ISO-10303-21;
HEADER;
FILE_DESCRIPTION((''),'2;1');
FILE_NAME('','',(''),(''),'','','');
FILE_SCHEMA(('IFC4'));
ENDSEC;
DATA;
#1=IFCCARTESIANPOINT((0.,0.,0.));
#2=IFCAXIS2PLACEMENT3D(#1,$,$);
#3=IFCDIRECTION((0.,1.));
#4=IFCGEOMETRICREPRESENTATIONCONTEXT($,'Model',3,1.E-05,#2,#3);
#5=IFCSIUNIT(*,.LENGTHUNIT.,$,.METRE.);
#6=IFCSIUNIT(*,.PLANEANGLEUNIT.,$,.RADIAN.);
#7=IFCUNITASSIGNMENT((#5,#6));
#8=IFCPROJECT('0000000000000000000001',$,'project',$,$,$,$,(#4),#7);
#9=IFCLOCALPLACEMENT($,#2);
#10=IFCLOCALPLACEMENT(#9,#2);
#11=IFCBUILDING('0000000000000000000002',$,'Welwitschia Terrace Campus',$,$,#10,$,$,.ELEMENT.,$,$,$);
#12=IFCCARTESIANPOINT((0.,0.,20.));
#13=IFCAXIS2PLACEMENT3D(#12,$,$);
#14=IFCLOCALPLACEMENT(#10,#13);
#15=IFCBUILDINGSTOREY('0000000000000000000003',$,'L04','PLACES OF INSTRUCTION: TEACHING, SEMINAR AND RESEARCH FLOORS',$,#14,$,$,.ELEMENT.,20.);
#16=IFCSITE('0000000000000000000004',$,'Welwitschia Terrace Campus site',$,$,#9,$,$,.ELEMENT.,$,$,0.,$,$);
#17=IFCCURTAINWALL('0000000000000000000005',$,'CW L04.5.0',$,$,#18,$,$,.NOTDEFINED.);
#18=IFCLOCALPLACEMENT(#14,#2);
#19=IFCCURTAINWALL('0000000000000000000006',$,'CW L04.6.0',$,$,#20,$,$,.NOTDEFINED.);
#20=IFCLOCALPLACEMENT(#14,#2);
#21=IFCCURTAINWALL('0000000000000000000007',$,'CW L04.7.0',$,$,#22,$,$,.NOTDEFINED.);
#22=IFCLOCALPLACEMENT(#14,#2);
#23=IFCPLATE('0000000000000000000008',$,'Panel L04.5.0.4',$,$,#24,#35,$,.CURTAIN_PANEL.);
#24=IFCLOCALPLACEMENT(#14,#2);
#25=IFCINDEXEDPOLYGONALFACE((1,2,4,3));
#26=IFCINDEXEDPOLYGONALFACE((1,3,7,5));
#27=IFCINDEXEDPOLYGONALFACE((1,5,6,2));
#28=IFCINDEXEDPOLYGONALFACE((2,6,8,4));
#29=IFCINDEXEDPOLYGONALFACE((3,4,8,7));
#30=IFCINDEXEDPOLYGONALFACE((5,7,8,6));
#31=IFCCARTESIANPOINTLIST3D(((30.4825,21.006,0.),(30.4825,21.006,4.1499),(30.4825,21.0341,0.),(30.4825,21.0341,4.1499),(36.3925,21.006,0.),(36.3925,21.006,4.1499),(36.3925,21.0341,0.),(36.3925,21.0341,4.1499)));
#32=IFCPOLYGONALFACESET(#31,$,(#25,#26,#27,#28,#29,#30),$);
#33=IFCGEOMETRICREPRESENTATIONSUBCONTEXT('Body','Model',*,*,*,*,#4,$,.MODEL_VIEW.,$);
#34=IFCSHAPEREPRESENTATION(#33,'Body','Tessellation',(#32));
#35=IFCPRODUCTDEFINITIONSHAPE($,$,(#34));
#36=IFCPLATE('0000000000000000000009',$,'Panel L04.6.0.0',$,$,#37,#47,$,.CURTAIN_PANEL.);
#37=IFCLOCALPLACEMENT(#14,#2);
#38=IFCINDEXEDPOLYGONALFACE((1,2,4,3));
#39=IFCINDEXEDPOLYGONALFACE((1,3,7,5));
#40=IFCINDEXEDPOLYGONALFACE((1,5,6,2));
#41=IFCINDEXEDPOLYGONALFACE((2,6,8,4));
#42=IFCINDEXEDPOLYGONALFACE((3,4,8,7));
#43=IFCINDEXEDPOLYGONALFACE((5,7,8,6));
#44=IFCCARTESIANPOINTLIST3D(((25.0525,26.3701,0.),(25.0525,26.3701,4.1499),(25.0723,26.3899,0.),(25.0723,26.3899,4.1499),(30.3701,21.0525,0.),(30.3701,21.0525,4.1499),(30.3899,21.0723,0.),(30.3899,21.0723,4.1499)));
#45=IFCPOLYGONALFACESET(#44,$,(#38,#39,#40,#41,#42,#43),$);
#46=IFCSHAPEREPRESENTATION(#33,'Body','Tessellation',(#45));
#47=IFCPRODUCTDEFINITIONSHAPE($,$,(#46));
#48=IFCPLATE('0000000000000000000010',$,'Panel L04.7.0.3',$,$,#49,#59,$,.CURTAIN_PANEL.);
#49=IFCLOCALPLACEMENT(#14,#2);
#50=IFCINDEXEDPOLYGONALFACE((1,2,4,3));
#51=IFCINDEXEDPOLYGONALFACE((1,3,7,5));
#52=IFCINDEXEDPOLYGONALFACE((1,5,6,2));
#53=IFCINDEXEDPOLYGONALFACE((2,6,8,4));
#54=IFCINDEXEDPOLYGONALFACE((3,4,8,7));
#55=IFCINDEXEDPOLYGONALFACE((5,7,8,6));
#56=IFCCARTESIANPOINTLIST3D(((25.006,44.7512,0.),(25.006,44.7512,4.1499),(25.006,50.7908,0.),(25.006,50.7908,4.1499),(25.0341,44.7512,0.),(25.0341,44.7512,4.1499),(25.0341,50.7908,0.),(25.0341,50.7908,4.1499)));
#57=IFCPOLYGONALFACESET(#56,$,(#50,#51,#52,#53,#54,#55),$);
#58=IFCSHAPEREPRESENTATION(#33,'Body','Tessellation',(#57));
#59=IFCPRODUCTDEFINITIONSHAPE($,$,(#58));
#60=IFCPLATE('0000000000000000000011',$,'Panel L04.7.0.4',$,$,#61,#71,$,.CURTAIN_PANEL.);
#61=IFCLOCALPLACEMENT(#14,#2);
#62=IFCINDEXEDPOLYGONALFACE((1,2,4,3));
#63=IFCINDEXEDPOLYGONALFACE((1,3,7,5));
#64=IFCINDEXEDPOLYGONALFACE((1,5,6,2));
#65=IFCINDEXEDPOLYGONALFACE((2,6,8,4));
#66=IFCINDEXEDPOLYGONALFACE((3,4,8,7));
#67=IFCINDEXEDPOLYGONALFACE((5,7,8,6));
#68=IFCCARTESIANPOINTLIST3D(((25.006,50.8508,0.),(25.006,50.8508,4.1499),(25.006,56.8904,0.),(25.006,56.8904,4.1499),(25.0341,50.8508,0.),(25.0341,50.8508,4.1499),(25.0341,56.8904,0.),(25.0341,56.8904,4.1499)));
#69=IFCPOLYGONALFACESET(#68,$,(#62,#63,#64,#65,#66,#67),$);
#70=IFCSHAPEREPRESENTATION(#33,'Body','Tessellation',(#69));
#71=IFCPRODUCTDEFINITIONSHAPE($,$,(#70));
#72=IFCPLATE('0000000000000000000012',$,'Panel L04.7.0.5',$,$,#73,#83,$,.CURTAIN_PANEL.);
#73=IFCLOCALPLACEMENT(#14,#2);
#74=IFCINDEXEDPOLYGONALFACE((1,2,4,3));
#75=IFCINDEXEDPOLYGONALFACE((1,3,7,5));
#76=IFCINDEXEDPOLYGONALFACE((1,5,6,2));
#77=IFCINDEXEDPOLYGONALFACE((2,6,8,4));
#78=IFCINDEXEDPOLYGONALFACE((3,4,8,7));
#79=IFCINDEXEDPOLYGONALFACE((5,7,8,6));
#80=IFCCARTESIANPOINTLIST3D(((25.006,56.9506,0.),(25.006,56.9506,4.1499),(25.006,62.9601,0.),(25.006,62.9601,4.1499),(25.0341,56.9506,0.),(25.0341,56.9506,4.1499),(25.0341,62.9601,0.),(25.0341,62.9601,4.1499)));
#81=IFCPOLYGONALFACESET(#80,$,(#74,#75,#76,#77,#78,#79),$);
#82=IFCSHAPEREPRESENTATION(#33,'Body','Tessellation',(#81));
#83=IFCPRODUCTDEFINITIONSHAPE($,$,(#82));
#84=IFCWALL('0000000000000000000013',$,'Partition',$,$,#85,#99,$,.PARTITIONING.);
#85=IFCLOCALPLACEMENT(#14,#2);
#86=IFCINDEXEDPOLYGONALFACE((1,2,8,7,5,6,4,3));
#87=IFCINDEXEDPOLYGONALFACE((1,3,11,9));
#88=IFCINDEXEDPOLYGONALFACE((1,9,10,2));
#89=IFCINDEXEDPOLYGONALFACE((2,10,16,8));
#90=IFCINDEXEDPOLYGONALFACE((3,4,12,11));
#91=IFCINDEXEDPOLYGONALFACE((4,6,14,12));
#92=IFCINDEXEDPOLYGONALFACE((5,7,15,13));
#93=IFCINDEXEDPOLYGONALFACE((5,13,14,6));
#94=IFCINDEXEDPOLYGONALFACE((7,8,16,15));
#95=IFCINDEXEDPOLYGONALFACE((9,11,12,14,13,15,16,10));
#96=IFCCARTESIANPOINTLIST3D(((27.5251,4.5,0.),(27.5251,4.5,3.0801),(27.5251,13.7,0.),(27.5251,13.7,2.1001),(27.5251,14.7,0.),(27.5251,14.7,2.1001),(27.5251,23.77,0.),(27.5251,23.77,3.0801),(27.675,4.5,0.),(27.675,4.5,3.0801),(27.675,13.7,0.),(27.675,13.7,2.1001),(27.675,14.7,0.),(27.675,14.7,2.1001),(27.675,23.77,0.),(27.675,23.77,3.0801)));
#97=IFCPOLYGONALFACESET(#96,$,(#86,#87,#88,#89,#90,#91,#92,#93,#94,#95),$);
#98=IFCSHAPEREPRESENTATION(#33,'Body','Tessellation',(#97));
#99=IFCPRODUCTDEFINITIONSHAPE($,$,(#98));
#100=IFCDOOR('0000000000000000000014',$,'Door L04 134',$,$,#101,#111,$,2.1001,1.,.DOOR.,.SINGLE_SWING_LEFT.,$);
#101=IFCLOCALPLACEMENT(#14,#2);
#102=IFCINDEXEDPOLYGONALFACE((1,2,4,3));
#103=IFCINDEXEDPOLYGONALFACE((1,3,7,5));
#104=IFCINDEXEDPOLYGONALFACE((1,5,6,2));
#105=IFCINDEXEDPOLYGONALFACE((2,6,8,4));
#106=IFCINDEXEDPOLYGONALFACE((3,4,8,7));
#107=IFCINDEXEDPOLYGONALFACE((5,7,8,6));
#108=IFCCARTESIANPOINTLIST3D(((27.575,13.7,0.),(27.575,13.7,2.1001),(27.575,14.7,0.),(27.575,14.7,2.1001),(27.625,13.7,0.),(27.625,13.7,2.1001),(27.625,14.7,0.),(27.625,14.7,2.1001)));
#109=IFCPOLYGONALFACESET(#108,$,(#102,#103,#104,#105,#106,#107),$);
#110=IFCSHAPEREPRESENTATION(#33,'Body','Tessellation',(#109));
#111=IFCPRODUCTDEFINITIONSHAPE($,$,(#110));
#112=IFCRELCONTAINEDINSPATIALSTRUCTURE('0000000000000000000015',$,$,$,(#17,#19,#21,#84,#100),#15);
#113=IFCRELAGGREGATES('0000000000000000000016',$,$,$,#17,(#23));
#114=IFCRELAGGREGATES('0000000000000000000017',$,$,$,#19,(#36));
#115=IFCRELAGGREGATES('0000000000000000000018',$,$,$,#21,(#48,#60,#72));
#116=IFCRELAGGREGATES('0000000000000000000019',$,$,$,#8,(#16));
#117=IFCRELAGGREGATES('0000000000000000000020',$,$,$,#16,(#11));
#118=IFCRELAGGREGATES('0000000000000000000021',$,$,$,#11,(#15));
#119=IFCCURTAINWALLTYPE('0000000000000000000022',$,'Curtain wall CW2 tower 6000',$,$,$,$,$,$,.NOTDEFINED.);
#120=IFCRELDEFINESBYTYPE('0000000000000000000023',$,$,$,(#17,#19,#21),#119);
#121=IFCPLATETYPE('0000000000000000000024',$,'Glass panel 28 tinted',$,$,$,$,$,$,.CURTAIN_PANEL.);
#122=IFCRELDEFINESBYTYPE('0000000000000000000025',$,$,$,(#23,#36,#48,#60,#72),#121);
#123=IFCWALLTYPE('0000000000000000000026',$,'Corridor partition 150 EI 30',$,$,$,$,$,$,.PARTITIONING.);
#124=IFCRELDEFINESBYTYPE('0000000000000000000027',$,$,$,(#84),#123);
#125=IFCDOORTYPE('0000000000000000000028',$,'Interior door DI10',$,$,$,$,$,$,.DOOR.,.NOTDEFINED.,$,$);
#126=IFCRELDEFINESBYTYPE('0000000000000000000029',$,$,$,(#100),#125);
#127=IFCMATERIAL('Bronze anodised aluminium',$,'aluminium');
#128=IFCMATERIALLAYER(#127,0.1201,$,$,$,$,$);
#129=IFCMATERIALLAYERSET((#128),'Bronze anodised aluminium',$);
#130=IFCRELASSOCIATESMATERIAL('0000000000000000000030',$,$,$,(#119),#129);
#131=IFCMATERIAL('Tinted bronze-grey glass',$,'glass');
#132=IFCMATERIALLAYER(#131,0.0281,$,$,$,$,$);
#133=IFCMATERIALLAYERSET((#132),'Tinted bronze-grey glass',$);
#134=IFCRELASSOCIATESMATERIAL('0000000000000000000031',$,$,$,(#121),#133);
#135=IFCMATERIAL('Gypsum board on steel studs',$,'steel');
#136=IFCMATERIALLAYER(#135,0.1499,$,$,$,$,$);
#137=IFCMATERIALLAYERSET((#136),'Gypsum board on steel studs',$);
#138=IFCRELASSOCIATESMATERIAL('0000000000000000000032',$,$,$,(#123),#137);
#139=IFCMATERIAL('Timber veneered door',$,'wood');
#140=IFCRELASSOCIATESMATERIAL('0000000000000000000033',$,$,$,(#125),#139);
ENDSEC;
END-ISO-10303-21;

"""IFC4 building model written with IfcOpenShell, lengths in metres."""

from ifc_helpers import new_model, si_unit, direction, frame, frame_2d, origin, origin_2d, place, context, subcontext, project, spatial, rectangle, extrude, material, layer, layer_set, type_object, element, fill, aggregate, save


model = new_model("IFC4")

# Units and contexts
model_context = context("Model", 3, precision=1e-05, world=origin(), true_north=direction((0.0, 1.0)))
body_context = subcontext(model_context, "Body", "Model", "MODEL_VIEW")
ifc_project = project(units=[si_unit("LENGTHUNIT", "METRE"), si_unit("PLANEANGLEUNIT", "RADIAN")], contexts=[model_context])

# Site, building, storey
site_placement = place(None, origin())
site = spatial("IfcSite", under=ifc_project, at=site_placement, Name="Welwitschia Terrace Campus site", CompositionType="ELEMENT", RefElevation=0.0)
building_placement = place(site_placement, origin())
building = spatial("IfcBuilding", under=site, at=building_placement, Name="Welwitschia Terrace Campus", CompositionType="ELEMENT")
storey_placement = place(building_placement, frame((0.0, 0.0, 20.0)))
storey = spatial("IfcBuildingStorey", under=building, at=storey_placement, Name="L04", Description="PLACES OF INSTRUCTION: TEACHING, SEMINAR AND RESEARCH FLOORS", CompositionType="ELEMENT", Elevation=20.0)

# Curtain walls
ifc_material_1 = material(Name="Bronze anodised aluminium", Category="aluminium")
ifc_layer_1 = layer(ifc_material_1, 0.1201)
ifc_layer_set_1 = layer_set([ifc_layer_1], Name="Bronze anodised aluminium")
curtain_wall_type = type_object("IfcCurtainWallType", Name="Curtain wall CW2 tower 6000", PredefinedType="NOTDEFINED", material=ifc_layer_set_1)
curtain_wall_1_placement = place(storey_placement, origin())
curtain_wall_1 = element("IfcCurtainWall", 1, at=curtain_wall_1_placement, inside=storey, type_object=curtain_wall_type, Name="CW L04.5.0", PredefinedType="NOTDEFINED")
curtain_wall_2_placement = place(storey_placement, origin())
curtain_wall_2 = element("IfcCurtainWall", 2, at=curtain_wall_2_placement, inside=storey, type_object=curtain_wall_type, Name="CW L04.6.0", PredefinedType="NOTDEFINED")
curtain_wall_3_placement = place(storey_placement, origin())
curtain_wall_3 = element("IfcCurtainWall", 3, at=curtain_wall_3_placement, inside=storey, type_object=curtain_wall_type, Name="CW L04.7.0", PredefinedType="NOTDEFINED")

# Plates
ifc_material_2 = material(Name="Tinted bronze-grey glass", Category="glass")
ifc_layer_2 = layer(ifc_material_2, 0.0281)
ifc_layer_set_2 = layer_set([ifc_layer_2], Name="Tinted bronze-grey glass")
plate_type = type_object("IfcPlateType", Name="Glass panel 28 tinted", PredefinedType="CURTAIN_PANEL", material=ifc_layer_set_2)
plate_1_placement = place(storey_placement, frame((33.4375, 21.02, 0.0), z_axis=(0.0, 0.0, 1.0), x_axis=(-1.0, 0.0, 0.0)))
plate_1 = element("IfcPlate", 4, at=plate_1_placement, type_object=plate_type, Name="Panel L04.5.0.4", PredefinedType="CURTAIN_PANEL", context=body_context, shape_type="SweptSolid", body=[
    extrude(rectangle(XDim=5.9099, YDim=0.0281, at=origin_2d()), origin(), (0.0, 0.0, 1.0), 4.1499),
])
aggregate(curtain_wall_1, [plate_1])
plate_2_placement = place(storey_placement, frame((27.7212, 23.7212, 0.0), z_axis=(0.0, 0.0, 1.0), x_axis=(-0.707107, 0.707107, 0.0)))
plate_2 = element("IfcPlate", 5, at=plate_2_placement, type_object=plate_type, Name="Panel L04.6.0.0", PredefinedType="CURTAIN_PANEL", context=body_context, shape_type="SweptSolid", body=[
    extrude(rectangle(XDim=7.5203, YDim=0.0281, at=origin_2d()), origin(), (0.0, 0.0, 1.0), 4.1499),
])
aggregate(curtain_wall_2, [plate_2])
plate_3_placement = place(storey_placement, frame((25.02, 47.771, 0.0), z_axis=(0.0, 0.0, 1.0), x_axis=(0.0, 1.0, 0.0)))
plate_3 = element("IfcPlate", 6, at=plate_3_placement, type_object=plate_type, Name="Panel L04.7.0.3", PredefinedType="CURTAIN_PANEL", context=body_context, shape_type="SweptSolid", body=[
    extrude(rectangle(XDim=6.0396, YDim=0.0281, at=origin_2d()), origin(), (0.0, 0.0, 1.0), 4.1499),
])
plate_4_placement = place(storey_placement, frame((25.02, 53.8706, 0.0), z_axis=(0.0, 0.0, 1.0), x_axis=(0.0, 1.0, 0.0)))
plate_4 = element("IfcPlate", 7, at=plate_4_placement, type_object=plate_type, Name="Panel L04.7.0.4", PredefinedType="CURTAIN_PANEL", context=body_context, shape_type="SweptSolid", body=[
    extrude(rectangle(XDim=6.0396, YDim=0.0281, at=origin_2d()), origin(), (0.0, 0.0, 1.0), 4.1499),
])
plate_5_placement = place(storey_placement, frame((25.02, 59.9553, 0.0), z_axis=(0.0, 0.0, 1.0), x_axis=(0.0, 1.0, 0.0)))
plate_5 = element("IfcPlate", 8, at=plate_5_placement, type_object=plate_type, Name="Panel L04.7.0.5", PredefinedType="CURTAIN_PANEL", context=body_context, shape_type="SweptSolid", body=[
    extrude(rectangle(XDim=6.0095, YDim=0.0281, at=origin_2d()), origin(), (0.0, 0.0, 1.0), 4.1499),
])
aggregate(curtain_wall_3, [plate_3, plate_4, plate_5])

# Wall, opening, door
ifc_material_3 = material(Name="Gypsum board on steel studs", Category="steel")
ifc_layer_3 = layer(ifc_material_3, 0.1499)
ifc_layer_set_3 = layer_set([ifc_layer_3], Name="Gypsum board on steel studs")
wall_type = type_object("IfcWallType", Name="Corridor partition 150 EI 30", PredefinedType="PARTITIONING", material=ifc_layer_set_3)
wall_placement = place(storey_placement, frame((27.6001, 23.77, 0.0), z_axis=(0.0, 0.0, 1.0), x_axis=(0.0, -1.0, 0.0)))
wall = element("IfcWall", 9, at=wall_placement, inside=storey, type_object=wall_type, Name="Partition", PredefinedType="PARTITIONING", context=body_context, shape_type="SweptSolid", body=[
    extrude(rectangle(XDim=19.27, YDim=0.1499, at=frame_2d((9.635, 0.0))), origin(), (0.0, 0.0, 1.0), 3.0801),
])
opening_placement = place(wall_placement, frame((9.0701, 0.0, 0.0)))
opening = element("IfcOpeningElement", 10, at=opening_placement, cuts=wall, PredefinedType="OPENING", context=body_context, shape_type="SweptSolid", body=[
    extrude(rectangle(XDim=1.0, YDim=2.1001, at=frame_2d((0.5, 1.05))), frame((0.0, 0.085, 0.0), z_axis=(0.0, -1.0, 0.0), x_axis=(1.0, 0.0, 0.0)), (0.0, 0.0, 1.0), 0.1699),
])
ifc_material_4 = material(Name="Timber veneered door", Category="wood")
door_type = type_object("IfcDoorType", Name="Interior door DI10", OperationType="NOTDEFINED", PredefinedType="DOOR", material=ifc_material_4)
door_placement = place(opening_placement, origin())
door = element("IfcDoor", 11, at=door_placement, inside=storey, type_object=door_type, Name="Door L04 134", OperationType="SINGLE_SWING_LEFT", OverallHeight=2.1001, OverallWidth=1.0, PredefinedType="DOOR", context=body_context, shape_type="SweptSolid", body=[
    extrude(rectangle(XDim=1.0, YDim=2.1001, at=frame_2d((0.5, 1.05))), frame((0.0, 0.0249, 0.0), z_axis=(0.0, -1.0, 0.0), x_axis=(1.0, 0.0, 0.0)), (0.0, 0.0, 1.0), 0.05),
])
fill(opening, door)

save(model, "model.ifc")
